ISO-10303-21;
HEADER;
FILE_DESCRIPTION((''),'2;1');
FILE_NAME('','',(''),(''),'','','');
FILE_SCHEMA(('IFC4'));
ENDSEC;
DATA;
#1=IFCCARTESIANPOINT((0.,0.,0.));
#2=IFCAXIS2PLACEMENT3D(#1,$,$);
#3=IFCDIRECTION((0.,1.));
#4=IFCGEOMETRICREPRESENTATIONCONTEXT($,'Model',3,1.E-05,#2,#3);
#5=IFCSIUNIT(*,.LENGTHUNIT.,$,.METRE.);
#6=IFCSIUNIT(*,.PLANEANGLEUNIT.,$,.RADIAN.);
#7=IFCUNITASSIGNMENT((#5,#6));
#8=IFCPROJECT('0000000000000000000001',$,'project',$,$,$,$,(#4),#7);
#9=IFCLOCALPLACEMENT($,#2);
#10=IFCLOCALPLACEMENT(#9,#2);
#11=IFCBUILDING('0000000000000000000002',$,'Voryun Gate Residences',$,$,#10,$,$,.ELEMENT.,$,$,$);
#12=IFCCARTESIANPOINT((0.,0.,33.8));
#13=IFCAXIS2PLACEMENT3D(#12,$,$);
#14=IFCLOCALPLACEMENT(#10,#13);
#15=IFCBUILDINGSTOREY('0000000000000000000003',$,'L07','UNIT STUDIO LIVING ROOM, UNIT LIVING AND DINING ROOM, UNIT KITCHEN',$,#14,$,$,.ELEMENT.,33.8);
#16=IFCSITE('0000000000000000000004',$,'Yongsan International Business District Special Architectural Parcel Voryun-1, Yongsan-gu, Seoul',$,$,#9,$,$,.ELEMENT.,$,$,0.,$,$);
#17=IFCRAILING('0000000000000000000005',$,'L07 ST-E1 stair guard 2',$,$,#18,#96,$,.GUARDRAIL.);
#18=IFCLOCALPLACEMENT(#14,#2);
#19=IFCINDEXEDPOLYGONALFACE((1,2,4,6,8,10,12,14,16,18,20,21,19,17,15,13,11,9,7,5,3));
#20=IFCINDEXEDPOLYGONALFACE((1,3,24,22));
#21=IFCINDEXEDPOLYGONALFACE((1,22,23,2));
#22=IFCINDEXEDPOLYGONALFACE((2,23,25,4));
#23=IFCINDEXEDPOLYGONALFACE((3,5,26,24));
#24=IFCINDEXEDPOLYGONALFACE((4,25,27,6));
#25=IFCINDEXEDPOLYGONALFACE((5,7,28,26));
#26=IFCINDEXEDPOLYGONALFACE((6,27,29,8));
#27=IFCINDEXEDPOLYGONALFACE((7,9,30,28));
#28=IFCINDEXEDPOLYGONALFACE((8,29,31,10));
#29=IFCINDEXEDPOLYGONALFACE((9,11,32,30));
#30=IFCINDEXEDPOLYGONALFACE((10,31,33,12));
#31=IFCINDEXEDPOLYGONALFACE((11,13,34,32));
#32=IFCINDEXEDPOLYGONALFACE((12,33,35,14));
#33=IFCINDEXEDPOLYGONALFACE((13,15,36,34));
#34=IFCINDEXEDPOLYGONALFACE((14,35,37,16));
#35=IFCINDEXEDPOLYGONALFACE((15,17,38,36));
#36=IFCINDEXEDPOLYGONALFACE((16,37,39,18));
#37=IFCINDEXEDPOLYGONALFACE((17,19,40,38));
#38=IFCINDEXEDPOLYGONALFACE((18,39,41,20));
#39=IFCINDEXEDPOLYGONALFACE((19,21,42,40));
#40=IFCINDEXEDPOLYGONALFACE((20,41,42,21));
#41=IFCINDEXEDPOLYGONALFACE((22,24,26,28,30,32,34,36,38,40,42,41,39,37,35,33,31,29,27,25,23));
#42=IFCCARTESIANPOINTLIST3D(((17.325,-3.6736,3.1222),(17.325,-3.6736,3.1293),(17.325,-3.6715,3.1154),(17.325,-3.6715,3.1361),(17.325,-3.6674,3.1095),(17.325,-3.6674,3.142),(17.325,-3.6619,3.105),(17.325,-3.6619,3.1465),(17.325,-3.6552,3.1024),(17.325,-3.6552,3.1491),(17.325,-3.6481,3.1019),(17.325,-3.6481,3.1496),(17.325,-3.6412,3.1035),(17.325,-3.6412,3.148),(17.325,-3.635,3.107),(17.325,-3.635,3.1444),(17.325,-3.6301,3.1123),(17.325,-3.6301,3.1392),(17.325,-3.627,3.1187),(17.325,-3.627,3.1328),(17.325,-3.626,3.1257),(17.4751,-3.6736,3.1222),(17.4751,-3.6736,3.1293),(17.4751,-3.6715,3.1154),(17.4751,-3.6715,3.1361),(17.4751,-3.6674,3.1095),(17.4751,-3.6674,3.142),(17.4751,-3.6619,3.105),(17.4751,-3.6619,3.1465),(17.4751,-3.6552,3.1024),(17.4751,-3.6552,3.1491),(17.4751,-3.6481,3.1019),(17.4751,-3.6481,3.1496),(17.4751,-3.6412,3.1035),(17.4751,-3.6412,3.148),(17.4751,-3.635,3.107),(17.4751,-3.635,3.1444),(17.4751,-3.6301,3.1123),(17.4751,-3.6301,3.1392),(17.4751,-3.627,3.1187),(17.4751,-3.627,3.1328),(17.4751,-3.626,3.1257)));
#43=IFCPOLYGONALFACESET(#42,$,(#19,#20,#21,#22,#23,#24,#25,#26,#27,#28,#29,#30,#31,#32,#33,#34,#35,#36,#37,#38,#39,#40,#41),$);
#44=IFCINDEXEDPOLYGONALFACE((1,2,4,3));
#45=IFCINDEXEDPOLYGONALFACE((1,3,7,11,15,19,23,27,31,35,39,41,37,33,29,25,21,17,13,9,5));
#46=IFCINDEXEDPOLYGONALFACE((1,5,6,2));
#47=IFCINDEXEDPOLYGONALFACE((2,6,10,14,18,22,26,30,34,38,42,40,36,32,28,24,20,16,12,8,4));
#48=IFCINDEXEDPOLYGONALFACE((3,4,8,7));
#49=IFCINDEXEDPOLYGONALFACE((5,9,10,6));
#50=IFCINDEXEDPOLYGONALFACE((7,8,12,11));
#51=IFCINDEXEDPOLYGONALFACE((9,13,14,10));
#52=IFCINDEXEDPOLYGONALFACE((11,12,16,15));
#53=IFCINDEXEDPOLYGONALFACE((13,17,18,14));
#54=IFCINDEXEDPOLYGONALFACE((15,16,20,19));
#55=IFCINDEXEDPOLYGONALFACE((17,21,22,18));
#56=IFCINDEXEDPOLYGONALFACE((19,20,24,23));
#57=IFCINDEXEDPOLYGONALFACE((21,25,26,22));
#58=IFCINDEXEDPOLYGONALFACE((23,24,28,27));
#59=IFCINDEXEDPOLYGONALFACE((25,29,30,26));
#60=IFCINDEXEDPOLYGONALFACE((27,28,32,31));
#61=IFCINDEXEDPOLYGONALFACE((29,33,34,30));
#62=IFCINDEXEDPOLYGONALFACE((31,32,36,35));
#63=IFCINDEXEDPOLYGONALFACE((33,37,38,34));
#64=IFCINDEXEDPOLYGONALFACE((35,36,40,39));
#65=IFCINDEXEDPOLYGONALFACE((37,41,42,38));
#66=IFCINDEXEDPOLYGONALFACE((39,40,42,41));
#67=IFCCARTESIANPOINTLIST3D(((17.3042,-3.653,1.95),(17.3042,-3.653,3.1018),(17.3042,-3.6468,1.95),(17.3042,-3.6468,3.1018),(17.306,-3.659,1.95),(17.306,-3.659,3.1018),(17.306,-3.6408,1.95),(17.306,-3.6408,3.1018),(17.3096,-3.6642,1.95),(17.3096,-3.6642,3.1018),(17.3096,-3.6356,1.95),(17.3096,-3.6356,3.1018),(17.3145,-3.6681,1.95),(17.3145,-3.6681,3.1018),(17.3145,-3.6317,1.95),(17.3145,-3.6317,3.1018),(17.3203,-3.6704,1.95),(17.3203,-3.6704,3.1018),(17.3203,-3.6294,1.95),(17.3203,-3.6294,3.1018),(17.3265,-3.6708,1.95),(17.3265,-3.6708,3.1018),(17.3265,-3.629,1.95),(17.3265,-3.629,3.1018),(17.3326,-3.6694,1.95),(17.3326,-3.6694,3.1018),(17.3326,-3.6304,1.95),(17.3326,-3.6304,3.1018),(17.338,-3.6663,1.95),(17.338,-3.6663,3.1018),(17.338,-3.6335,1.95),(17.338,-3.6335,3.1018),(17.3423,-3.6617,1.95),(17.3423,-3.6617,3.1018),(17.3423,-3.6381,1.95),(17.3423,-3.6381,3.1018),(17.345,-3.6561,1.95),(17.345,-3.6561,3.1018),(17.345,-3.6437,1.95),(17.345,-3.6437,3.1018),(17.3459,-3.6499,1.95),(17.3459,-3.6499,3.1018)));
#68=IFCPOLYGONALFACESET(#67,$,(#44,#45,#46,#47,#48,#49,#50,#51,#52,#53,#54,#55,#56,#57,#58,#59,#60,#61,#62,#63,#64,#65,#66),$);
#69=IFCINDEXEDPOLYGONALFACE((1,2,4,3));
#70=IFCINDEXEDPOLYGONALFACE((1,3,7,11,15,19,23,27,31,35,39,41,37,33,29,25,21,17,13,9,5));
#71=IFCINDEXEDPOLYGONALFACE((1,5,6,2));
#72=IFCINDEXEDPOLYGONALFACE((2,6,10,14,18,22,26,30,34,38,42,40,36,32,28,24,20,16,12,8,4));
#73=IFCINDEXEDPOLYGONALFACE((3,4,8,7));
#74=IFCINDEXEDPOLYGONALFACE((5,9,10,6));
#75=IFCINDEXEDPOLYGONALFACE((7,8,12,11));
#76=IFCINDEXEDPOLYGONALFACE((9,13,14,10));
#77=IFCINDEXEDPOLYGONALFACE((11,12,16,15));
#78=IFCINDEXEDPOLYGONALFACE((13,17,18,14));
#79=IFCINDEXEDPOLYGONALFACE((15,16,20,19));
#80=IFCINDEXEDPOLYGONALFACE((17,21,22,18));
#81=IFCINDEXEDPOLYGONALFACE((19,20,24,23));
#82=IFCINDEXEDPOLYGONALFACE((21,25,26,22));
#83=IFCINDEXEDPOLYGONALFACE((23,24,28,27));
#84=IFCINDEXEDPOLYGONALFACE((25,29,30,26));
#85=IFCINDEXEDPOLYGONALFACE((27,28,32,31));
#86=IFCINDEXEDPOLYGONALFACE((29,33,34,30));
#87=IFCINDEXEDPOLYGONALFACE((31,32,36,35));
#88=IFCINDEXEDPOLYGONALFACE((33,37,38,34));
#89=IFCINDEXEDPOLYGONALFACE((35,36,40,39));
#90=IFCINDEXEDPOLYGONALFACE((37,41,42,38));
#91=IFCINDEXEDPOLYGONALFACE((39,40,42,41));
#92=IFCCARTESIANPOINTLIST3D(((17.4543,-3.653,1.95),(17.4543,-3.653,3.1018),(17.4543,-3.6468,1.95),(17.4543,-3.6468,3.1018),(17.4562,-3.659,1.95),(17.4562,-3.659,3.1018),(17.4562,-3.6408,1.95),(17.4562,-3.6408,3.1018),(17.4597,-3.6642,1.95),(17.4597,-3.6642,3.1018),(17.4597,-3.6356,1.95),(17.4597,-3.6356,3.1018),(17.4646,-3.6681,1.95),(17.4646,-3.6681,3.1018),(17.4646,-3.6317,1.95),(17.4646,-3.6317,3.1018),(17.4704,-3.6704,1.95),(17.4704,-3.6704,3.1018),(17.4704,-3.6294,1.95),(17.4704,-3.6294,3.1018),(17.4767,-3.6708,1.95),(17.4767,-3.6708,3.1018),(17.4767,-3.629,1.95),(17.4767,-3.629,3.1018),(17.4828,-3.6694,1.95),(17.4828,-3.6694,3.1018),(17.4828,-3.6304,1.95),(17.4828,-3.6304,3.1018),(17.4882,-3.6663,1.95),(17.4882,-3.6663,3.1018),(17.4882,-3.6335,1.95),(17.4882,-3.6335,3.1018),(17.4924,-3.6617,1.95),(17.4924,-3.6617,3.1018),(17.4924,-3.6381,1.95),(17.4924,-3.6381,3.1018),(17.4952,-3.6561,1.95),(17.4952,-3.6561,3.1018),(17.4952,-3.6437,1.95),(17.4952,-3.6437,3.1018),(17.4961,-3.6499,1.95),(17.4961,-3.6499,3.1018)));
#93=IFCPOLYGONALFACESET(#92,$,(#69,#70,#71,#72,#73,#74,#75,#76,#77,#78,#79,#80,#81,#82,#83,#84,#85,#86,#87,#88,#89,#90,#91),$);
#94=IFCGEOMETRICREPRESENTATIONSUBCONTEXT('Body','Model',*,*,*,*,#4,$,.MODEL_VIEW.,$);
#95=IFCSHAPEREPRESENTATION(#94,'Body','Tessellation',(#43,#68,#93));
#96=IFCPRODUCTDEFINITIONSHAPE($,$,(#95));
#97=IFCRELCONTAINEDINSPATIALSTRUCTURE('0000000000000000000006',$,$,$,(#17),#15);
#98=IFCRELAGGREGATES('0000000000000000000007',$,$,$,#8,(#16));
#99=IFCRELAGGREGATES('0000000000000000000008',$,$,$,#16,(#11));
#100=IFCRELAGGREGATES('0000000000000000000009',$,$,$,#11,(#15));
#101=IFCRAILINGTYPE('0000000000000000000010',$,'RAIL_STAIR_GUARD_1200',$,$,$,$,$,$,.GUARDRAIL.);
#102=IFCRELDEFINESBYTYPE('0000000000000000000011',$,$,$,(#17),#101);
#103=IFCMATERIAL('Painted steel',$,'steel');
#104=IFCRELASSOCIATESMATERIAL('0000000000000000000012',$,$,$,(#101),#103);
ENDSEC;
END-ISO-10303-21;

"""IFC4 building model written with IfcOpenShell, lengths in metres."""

from ifc_helpers import new_model, si_unit, direction, frame, origin, origin_2d, place, context, subcontext, project, spatial, circle, extrude, material, type_object, element, save


model = new_model("IFC4")

# Units and contexts
model_context = context("Model", 3, precision=1e-05, world=origin(), true_north=direction((0.0, 1.0)))
body_context = subcontext(model_context, "Body", "Model", "MODEL_VIEW")
ifc_project = project(units=[si_unit("LENGTHUNIT", "METRE"), si_unit("PLANEANGLEUNIT", "RADIAN")], contexts=[model_context])

# Site, building, storey
site_placement = place(None, origin())
site = spatial("IfcSite", under=ifc_project, at=site_placement, Name="Yongsan International Business District Special Architectural Parcel Voryun-1, Yongsan-gu, Seoul", CompositionType="ELEMENT", RefElevation=0.0)
building_placement = place(site_placement, origin())
building = spatial("IfcBuilding", under=site, at=building_placement, Name="Voryun Gate Residences", CompositionType="ELEMENT")
storey_placement = place(building_placement, frame((0.0, 0.0, 33.8)))
storey = spatial("IfcBuildingStorey", under=building, at=storey_placement, Name="L07", Description="UNIT STUDIO LIVING ROOM, UNIT LIVING AND DINING ROOM, UNIT KITCHEN", CompositionType="ELEMENT", Elevation=33.8)

# Railing
ifc_material_1 = material(Name="Painted steel", Category="steel")
railing_type_1 = type_object("IfcRailingType", Name="RAIL_STAIR_GUARD_1200", PredefinedType="GUARDRAIL", material=ifc_material_1)
railing_1_placement = place(storey_placement, frame((17.325, -3.6499, 1.95)))
element("IfcRailing", 1, at=railing_1_placement, inside=storey, type_object=railing_type_1, Name="L07 ST-E1 stair guard 2", PredefinedType="GUARDRAIL", context=body_context, shape_type="SweptSolid", body=[
    extrude(circle(Radius=0.0239, at=origin_2d()), frame((0.0, 0.0, 1.1758), z_axis=(1.0, 0.0, 0.0), x_axis=(0.0, 1.0, 0.0)), (0.0, 0.0, 1.0), 0.1501),
    extrude(circle(Radius=0.021, at=origin_2d()), origin(), (0.0, 0.0, 1.0), 1.1519),
    extrude(circle(Radius=0.021, at=origin_2d()), frame((0.1501, 0.0, 0.0)), (0.0, 0.0, 1.0), 1.1519),
])

save(model, "model.ifc")
